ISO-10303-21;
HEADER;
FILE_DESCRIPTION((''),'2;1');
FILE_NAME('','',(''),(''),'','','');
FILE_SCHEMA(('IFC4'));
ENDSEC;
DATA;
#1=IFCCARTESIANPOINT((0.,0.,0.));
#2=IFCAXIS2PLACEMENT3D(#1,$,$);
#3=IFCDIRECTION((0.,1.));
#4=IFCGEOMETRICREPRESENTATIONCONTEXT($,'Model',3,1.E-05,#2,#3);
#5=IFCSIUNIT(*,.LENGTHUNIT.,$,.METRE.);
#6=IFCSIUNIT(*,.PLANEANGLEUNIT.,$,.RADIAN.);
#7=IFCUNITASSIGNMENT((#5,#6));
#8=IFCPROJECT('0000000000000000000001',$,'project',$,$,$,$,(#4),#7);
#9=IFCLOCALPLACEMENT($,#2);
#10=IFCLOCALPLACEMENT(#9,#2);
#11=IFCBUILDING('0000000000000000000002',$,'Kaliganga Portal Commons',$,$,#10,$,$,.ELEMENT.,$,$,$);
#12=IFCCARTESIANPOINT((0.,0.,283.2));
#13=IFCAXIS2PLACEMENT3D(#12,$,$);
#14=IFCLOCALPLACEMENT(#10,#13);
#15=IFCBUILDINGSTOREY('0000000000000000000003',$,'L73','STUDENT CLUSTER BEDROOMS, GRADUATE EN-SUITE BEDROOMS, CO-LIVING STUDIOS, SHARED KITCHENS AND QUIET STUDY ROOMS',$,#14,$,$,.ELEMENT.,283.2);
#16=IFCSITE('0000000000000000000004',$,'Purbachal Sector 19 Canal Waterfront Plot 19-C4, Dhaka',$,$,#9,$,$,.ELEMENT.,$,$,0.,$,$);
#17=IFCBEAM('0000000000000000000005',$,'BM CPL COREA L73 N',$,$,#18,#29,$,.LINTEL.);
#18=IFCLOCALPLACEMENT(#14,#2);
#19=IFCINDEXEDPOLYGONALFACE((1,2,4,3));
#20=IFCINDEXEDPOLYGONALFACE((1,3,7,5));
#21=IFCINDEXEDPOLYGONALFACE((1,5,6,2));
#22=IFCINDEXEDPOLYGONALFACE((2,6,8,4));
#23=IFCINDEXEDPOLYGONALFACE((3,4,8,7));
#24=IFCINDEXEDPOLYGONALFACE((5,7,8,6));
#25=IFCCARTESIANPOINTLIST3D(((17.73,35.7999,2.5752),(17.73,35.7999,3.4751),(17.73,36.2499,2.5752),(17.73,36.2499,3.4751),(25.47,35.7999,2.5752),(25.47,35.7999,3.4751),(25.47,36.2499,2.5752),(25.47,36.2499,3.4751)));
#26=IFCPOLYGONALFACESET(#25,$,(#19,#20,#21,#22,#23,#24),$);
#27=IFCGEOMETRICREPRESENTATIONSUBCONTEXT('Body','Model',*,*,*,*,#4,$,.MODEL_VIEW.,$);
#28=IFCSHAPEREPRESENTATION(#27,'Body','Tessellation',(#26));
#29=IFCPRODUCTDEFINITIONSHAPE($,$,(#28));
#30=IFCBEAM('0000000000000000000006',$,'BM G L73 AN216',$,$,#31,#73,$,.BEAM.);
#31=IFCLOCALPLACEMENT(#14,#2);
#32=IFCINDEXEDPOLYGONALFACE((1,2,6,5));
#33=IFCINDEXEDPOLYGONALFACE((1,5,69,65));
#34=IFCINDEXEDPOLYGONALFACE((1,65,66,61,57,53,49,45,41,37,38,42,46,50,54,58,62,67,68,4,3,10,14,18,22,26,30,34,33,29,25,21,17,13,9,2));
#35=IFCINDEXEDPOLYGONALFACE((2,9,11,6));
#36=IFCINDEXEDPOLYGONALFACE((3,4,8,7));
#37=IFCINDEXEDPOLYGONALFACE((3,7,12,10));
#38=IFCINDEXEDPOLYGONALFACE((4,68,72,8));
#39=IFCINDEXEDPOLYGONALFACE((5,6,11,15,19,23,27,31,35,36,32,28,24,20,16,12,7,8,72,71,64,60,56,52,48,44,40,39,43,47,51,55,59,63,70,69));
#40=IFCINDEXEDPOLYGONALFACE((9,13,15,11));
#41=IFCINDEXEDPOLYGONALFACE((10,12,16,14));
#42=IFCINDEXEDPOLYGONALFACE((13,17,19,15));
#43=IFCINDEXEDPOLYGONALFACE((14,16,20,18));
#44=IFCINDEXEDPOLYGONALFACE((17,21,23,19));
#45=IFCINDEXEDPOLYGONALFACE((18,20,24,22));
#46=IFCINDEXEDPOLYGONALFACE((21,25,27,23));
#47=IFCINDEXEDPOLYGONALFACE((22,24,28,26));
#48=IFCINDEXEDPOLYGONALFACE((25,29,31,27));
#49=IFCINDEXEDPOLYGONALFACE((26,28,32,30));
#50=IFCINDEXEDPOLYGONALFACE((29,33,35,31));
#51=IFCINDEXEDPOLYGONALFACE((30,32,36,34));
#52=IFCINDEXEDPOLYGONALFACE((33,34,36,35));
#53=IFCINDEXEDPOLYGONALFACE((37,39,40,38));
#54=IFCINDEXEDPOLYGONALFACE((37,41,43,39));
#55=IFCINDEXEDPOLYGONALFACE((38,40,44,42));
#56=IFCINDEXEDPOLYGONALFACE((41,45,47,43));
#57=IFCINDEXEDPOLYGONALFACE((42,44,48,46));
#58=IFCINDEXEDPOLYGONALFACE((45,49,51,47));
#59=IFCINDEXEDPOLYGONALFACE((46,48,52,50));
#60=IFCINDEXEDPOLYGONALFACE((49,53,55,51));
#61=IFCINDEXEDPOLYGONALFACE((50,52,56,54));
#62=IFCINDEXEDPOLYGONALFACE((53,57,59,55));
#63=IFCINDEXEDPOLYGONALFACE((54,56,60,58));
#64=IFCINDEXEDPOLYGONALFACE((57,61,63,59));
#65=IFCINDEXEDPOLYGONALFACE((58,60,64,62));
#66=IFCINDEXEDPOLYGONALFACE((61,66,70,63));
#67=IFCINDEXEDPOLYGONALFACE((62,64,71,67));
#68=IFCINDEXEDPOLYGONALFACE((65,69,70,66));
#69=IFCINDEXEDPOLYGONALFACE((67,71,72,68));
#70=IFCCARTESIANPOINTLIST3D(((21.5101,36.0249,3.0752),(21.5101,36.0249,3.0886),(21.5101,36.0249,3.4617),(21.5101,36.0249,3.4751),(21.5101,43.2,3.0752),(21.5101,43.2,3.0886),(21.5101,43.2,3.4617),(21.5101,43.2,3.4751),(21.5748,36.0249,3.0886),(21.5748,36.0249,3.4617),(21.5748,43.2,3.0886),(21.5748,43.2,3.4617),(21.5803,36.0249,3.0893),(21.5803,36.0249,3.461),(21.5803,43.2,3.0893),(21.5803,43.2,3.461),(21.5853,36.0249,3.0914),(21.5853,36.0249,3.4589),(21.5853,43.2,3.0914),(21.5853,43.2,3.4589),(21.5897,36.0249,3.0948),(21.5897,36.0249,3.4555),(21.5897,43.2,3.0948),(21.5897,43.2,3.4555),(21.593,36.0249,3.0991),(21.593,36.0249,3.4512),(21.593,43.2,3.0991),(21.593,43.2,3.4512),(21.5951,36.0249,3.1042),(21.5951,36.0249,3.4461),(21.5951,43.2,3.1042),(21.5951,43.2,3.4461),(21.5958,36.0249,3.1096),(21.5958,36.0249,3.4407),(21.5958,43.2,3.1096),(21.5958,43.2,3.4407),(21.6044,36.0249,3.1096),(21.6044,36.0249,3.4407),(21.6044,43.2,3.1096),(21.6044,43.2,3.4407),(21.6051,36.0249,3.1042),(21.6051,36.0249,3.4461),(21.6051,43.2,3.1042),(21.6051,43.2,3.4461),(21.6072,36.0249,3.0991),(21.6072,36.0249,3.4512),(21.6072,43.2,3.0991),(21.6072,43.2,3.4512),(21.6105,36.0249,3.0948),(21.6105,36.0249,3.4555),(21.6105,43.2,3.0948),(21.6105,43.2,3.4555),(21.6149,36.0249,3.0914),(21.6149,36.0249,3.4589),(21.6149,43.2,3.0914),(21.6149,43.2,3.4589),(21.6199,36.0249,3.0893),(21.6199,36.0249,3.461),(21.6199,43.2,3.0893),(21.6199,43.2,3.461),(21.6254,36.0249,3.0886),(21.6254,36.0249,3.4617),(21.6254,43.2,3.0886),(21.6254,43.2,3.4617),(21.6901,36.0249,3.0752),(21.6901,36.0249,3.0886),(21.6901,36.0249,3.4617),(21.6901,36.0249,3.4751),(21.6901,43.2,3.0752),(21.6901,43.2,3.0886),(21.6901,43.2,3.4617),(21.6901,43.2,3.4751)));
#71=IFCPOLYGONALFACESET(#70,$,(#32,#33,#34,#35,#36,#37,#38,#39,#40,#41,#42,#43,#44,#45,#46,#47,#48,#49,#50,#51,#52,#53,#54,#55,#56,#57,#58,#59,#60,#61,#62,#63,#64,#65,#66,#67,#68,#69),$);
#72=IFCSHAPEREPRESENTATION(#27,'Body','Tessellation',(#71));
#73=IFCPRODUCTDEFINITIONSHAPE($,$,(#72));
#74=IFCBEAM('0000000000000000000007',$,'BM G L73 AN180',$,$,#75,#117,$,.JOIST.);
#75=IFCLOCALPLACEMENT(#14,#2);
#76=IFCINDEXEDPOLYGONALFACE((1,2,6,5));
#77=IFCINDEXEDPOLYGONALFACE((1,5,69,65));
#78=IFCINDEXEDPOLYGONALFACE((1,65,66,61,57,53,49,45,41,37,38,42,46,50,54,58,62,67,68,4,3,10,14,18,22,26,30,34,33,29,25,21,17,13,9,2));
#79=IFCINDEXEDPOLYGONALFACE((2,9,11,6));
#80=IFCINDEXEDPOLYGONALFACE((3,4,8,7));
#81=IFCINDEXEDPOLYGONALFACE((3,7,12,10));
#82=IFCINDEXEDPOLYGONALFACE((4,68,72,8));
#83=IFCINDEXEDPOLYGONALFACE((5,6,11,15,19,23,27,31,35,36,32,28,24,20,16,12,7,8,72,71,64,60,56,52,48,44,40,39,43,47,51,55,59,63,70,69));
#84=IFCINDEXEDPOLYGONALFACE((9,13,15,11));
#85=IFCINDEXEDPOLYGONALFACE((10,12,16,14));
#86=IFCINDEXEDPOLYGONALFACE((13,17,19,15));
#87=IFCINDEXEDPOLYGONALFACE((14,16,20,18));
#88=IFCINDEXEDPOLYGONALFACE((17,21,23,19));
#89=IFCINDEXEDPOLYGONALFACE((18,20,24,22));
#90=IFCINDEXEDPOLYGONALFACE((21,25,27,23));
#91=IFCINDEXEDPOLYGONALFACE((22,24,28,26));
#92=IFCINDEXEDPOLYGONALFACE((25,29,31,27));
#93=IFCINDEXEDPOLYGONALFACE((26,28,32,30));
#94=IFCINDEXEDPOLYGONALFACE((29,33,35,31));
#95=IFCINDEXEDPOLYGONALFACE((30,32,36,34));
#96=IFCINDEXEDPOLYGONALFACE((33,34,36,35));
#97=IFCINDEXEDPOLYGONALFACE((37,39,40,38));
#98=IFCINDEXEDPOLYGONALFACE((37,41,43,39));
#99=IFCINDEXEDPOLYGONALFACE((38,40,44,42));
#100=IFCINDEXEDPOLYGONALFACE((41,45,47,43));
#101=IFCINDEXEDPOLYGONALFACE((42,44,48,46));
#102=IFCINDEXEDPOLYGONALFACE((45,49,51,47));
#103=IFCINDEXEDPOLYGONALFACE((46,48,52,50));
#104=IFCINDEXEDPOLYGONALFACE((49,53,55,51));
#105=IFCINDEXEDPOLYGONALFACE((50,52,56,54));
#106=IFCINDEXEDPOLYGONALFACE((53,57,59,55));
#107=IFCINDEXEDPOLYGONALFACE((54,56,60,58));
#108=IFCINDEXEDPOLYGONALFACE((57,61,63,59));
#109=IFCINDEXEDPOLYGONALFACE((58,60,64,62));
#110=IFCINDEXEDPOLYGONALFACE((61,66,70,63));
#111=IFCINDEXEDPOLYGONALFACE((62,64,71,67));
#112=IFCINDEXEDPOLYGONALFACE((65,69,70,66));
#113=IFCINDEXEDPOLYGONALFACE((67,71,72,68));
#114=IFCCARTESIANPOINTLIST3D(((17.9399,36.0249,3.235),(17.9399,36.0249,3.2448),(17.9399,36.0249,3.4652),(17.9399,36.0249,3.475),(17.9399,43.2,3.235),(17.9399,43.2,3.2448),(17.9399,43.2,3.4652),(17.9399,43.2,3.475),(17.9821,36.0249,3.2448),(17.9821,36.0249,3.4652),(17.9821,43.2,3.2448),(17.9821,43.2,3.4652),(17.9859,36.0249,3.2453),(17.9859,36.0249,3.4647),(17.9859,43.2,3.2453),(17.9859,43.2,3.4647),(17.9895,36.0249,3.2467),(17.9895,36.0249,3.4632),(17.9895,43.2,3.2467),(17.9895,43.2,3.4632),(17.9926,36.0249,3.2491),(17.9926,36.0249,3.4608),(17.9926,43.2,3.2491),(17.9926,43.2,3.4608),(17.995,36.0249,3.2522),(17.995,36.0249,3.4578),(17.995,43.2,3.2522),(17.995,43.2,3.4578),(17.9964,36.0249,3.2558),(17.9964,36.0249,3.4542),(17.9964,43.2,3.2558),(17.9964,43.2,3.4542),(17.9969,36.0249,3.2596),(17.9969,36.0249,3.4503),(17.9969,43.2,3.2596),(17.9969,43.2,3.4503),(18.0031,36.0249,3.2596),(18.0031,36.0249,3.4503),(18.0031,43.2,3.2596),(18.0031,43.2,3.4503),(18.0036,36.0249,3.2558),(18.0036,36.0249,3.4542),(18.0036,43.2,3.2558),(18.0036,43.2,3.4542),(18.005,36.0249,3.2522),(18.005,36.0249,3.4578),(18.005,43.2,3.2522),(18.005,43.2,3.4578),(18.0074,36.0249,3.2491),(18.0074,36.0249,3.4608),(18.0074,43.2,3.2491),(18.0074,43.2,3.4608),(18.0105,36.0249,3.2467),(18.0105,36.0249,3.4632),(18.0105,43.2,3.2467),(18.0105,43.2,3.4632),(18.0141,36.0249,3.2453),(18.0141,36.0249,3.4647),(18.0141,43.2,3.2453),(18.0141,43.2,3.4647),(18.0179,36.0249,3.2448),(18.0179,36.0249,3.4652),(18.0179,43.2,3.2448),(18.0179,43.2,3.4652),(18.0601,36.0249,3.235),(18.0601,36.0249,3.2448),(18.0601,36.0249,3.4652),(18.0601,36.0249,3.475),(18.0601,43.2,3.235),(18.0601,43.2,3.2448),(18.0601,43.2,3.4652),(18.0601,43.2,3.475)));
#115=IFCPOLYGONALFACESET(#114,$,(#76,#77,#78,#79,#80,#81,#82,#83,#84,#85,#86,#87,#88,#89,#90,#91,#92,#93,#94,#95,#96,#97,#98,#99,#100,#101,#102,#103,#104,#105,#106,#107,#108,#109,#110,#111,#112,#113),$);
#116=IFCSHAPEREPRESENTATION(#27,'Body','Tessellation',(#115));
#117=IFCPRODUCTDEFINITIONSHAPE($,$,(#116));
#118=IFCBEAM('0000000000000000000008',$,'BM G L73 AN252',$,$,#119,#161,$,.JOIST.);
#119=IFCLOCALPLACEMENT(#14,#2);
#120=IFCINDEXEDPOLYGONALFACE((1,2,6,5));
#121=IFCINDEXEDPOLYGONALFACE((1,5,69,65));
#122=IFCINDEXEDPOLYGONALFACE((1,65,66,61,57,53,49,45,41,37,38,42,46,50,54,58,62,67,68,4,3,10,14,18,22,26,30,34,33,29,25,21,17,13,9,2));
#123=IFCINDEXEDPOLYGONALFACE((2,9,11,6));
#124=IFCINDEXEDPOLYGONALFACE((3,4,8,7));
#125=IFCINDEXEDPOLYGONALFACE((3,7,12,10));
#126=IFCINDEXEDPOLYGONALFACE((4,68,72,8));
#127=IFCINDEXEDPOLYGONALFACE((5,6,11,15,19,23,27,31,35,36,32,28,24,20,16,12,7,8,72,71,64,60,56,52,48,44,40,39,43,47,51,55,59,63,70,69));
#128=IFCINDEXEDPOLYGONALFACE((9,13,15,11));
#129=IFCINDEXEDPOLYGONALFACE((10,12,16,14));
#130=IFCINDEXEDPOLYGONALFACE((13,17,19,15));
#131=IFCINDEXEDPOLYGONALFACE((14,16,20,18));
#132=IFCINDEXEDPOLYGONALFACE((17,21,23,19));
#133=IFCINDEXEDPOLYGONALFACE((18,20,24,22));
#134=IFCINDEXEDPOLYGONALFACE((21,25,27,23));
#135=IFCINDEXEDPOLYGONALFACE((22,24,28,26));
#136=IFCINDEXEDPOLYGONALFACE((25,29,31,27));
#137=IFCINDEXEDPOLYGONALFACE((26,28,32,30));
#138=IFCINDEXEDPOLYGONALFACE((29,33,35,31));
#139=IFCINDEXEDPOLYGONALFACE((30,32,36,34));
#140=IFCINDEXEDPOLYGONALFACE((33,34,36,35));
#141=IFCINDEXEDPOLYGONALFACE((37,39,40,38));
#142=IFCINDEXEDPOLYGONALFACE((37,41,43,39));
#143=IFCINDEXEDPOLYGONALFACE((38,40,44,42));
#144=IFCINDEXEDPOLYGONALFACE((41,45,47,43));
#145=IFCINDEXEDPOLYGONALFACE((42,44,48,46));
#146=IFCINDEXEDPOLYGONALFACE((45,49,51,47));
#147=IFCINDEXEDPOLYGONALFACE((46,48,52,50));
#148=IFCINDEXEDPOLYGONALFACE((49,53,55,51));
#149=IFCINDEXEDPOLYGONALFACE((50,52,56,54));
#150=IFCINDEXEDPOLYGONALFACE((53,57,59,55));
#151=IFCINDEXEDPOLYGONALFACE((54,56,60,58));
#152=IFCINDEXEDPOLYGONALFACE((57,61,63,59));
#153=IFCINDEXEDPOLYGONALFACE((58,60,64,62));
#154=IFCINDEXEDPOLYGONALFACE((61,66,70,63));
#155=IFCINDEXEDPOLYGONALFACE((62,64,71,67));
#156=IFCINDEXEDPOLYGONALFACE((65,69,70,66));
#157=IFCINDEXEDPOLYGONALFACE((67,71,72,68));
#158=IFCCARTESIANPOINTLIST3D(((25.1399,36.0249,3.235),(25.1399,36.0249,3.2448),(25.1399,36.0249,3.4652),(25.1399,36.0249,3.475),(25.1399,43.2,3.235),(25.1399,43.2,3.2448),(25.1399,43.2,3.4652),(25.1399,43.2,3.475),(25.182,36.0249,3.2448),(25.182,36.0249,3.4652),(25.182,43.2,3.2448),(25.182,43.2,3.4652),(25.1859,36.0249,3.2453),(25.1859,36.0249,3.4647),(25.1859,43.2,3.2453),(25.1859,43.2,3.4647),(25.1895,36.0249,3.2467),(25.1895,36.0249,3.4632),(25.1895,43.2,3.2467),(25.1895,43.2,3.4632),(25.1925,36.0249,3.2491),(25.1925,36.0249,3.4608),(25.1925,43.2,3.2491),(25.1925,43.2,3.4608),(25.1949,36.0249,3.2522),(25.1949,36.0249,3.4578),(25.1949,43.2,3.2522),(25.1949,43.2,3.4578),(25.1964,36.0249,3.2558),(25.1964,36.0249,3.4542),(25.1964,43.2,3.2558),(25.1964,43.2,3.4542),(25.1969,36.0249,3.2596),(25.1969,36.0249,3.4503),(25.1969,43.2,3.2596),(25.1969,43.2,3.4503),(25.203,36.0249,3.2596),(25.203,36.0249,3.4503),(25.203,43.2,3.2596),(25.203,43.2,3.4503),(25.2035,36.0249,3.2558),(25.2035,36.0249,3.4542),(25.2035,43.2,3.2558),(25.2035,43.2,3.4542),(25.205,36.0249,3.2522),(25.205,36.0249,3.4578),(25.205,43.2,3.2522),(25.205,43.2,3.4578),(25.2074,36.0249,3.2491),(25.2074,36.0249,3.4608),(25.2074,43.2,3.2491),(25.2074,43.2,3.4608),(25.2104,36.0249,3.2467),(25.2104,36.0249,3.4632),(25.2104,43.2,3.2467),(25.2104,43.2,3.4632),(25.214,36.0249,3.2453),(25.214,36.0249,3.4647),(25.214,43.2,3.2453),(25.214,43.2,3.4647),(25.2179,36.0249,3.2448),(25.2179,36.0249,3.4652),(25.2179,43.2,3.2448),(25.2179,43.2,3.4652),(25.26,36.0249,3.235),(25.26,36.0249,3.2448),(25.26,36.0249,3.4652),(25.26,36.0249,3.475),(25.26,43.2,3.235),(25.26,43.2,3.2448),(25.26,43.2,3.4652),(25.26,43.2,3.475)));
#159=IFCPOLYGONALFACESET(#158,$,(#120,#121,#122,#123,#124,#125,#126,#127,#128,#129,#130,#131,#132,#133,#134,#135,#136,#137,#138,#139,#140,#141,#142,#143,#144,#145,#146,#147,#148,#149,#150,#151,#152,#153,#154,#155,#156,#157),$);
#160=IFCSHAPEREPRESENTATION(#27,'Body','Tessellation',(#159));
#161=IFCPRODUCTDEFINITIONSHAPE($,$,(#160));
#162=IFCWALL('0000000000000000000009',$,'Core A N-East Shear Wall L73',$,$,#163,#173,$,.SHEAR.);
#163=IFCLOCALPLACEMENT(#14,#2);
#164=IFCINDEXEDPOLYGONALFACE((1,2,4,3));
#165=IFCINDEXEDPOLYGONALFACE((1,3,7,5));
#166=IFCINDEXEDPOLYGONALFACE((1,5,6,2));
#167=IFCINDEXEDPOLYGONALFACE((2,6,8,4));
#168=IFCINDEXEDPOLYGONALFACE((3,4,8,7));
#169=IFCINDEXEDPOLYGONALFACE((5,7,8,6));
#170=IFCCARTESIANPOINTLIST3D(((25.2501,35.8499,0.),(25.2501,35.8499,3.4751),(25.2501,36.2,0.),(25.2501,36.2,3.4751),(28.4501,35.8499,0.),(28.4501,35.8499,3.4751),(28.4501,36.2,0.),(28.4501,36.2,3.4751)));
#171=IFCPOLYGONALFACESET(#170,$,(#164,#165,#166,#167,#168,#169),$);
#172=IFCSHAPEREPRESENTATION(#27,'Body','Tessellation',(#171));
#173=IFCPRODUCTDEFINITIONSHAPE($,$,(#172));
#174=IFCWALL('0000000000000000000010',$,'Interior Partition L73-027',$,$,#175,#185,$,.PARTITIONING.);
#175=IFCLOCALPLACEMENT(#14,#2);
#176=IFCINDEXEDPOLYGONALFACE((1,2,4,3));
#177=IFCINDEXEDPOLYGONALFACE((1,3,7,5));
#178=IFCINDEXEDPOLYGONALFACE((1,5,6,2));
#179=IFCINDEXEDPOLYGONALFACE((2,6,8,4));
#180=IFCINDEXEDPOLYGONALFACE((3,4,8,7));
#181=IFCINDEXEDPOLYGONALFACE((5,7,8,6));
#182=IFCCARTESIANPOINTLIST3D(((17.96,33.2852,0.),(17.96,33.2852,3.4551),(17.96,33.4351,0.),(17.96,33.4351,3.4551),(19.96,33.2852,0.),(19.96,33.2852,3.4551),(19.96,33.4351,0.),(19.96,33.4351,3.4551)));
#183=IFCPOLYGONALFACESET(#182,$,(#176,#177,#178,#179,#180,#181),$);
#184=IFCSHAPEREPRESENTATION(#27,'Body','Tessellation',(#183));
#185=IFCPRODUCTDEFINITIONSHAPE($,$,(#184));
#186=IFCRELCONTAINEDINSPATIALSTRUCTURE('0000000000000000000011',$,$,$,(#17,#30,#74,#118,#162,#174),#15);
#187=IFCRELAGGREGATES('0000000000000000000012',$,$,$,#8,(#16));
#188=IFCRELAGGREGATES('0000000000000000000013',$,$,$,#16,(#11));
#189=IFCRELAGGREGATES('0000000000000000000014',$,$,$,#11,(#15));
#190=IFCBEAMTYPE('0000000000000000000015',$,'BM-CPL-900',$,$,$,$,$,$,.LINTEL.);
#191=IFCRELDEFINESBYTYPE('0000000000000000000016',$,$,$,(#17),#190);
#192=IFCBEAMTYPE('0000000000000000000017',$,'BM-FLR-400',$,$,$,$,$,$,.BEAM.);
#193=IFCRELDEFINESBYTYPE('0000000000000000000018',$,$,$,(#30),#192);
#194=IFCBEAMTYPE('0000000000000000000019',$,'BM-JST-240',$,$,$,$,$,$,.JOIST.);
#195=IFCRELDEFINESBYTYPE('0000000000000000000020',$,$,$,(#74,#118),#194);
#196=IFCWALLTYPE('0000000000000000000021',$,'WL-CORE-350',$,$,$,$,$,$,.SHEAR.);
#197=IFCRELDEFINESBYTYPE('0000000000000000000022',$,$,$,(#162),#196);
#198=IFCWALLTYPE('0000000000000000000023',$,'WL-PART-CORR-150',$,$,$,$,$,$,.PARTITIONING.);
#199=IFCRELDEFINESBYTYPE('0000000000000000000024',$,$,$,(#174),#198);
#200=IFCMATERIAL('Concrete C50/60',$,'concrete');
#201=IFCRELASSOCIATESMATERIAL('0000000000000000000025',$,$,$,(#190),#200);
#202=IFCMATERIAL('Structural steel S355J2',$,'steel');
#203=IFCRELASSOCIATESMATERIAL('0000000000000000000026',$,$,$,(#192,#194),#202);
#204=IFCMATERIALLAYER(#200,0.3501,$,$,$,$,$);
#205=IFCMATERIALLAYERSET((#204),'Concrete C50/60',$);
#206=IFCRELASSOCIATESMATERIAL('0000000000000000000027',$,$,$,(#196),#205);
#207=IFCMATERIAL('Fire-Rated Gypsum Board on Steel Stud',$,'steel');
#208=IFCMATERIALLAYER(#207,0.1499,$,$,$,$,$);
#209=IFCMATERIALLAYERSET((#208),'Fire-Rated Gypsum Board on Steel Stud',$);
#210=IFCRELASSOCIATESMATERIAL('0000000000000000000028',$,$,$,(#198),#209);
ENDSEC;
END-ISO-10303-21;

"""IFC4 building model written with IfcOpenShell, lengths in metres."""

from ifc_helpers import new_model, si_unit, direction, frame, frame_2d, origin, origin_2d, place, context, subcontext, project, spatial, rectangle, i_section, extrude, source, transform, mapped, material, layer, layer_set, material_profile, profile_set, type_object, element, save


model = new_model("IFC4")

# Units and contexts
model_context = context("Model", 3, precision=1e-05, world=origin(), true_north=direction((0.0, 1.0)))
body_context = subcontext(model_context, "Body", "Model", "MODEL_VIEW")
ifc_project = project(units=[si_unit("LENGTHUNIT", "METRE"), si_unit("PLANEANGLEUNIT", "RADIAN")], contexts=[model_context])

# Site, building, storey
site_placement = place(None, origin())
site = spatial("IfcSite", under=ifc_project, at=site_placement, Name="Purbachal Sector 19 Canal Waterfront Plot 19-C4, Dhaka", CompositionType="ELEMENT", RefElevation=0.0)
building_placement = place(site_placement, origin())
building = spatial("IfcBuilding", under=site, at=building_placement, Name="Kaliganga Portal Commons", CompositionType="ELEMENT")
storey_placement = place(building_placement, frame((0.0, 0.0, 283.2)))
storey = spatial("IfcBuildingStorey", under=building, at=storey_placement, Name="L73", Description="STUDENT CLUSTER BEDROOMS, GRADUATE EN-SUITE BEDROOMS, CO-LIVING STUDIOS, SHARED KITCHENS AND QUIET STUDY ROOMS", CompositionType="ELEMENT", Elevation=283.2)

# Beams
ifc_material_1 = material(Name="Concrete C50/60", Category="concrete")
ifc_material_profile_1 = material_profile(ifc_material_1, rectangle(XDim=0.45, YDim=0.8999, at=origin_2d()), Name="RC 450x900")
ifc_profile_set_1 = profile_set([ifc_material_profile_1], Name="Concrete C50/60")
beam_type_1 = type_object("IfcBeamType", Name="BM-CPL-900", PredefinedType="LINTEL", material=ifc_profile_set_1)
shared_shape_1 = source(origin(), body_context, "Body", "SweptSolid", [
    extrude(rectangle(XDim=0.45, YDim=0.8999, at=origin_2d()), origin(), (0.0, 0.0, 1.0), 7.74),
])
beam_1_placement = place(storey_placement, frame((17.73, 36.0249, 3.0251), z_axis=(1.0, 0.0, 0.0), x_axis=(0.0, 1.0, 0.0)))
element("IfcBeam", 1, at=beam_1_placement, inside=storey, type_object=beam_type_1, Name="BM CPL COREA L73 N", PredefinedType="LINTEL", context=body_context, shape_type="MappedRepresentation", body=[
    mapped(shared_shape_1, transform((0.0, 0.0, 0.0), x_axis=(1.0, 0.0, 0.0), y_axis=(0.0, 1.0, 0.0), z_axis=(0.0, 0.0, 1.0), scale=1.0)),
])
ifc_material_2 = material(Name="Structural steel S355J2", Category="steel")
ifc_material_profile_2 = material_profile(ifc_material_2, i_section(OverallWidth=0.1799, OverallDepth=0.3999, WebThickness=0.0085, FlangeThickness=0.0134, FilletRadius=0.021, at=origin_2d()), Name="IPE 400")
ifc_profile_set_2 = profile_set([ifc_material_profile_2], Name="Structural steel S355J2 wide-flange")
beam_type_2 = type_object("IfcBeamType", Name="BM-FLR-400", PredefinedType="BEAM", material=ifc_profile_set_2)
shared_shape_2 = source(origin(), body_context, "Body", "SweptSolid", [
    extrude(i_section(OverallWidth=0.1799, OverallDepth=0.3999, WebThickness=0.0085, FlangeThickness=0.0134, FilletRadius=0.021, at=origin_2d()), origin(), (0.0, 0.0, 1.0), 7.175),
])
beam_2_placement = place(storey_placement, frame((21.6001, 36.0249, 3.2751), z_axis=(0.0, 1.0, 0.0), x_axis=(-1.0, 0.0, 0.0)))
element("IfcBeam", 2, at=beam_2_placement, inside=storey, type_object=beam_type_2, Name="BM G L73 AN216", PredefinedType="BEAM", context=body_context, shape_type="MappedRepresentation", body=[
    mapped(shared_shape_2, transform((0.0, 0.0, 0.0), x_axis=(1.0, 0.0, 0.0), y_axis=(0.0, 1.0, 0.0), z_axis=(0.0, 0.0, 1.0), scale=1.0)),
])
ifc_material_profile_3 = material_profile(ifc_material_2, i_section(OverallWidth=0.1201, OverallDepth=0.24, WebThickness=0.0061, FlangeThickness=0.0098, FilletRadius=0.0149, at=origin_2d()), Name="IPE 240")
ifc_profile_set_3 = profile_set([ifc_material_profile_3], Name="Structural steel S355J2 wide-flange")
beam_type_3 = type_object("IfcBeamType", Name="BM-JST-240", PredefinedType="JOIST", material=ifc_profile_set_3)
shared_shape_3 = source(origin(), body_context, "Body", "SweptSolid", [
    extrude(i_section(OverallWidth=0.1201, OverallDepth=0.24, WebThickness=0.0061, FlangeThickness=0.0098, FilletRadius=0.0149, at=origin_2d()), origin(), (0.0, 0.0, 1.0), 7.175),
])
for number, where, z_axis, x_axis, name in (
    (3, (18.0, 36.0249, 3.355), (0.0, 1.0, 0.0), (-1.0, 0.0, 0.0), "BM G L73 AN180"),
    (4, (25.2, 36.0249, 3.355), (0.0, 1.0, 0.0), (-1.0, 0.0, 0.0), "BM G L73 AN252"),
):
    element("IfcBeam", number, at=place(storey_placement, frame(where, z_axis=z_axis, x_axis=x_axis)), inside=storey, type_object=beam_type_3, Name=name, PredefinedType="JOIST", context=body_context, shape_type="MappedRepresentation", body=[
        mapped(shared_shape_3, transform((0.0, 0.0, 0.0), x_axis=(1.0, 0.0, 0.0), y_axis=(0.0, 1.0, 0.0), z_axis=(0.0, 0.0, 1.0), scale=1.0)),
    ])

# Walls
ifc_layer_1 = layer(ifc_material_1, 0.3501)
ifc_layer_set_1 = layer_set([ifc_layer_1], Name="Concrete C50/60")
wall_type_1 = type_object("IfcWallType", Name="WL-CORE-350", PredefinedType="SHEAR", material=ifc_layer_set_1)
wall_1_placement = place(storey_placement, frame((25.25, 36.0249, 0.0), z_axis=(0.0, 0.0, 1.0), x_axis=(1.0, 0.0, 0.0)))
element("IfcWall", 5, at=wall_1_placement, inside=storey, type_object=wall_type_1, Name="Core A N-East Shear Wall L73", PredefinedType="SHEAR", context=body_context, shape_type="SweptSolid", body=[
    extrude(rectangle(XDim=3.2, YDim=0.3501, at=frame_2d((1.6001, 0.0))), origin(), (0.0, 0.0, 1.0), 3.4751),
])
ifc_material_3 = material(Name="Fire-Rated Gypsum Board on Steel Stud", Category="steel")
ifc_layer_2 = layer(ifc_material_3, 0.1499)
ifc_layer_set_2 = layer_set([ifc_layer_2], Name="Fire-Rated Gypsum Board on Steel Stud")
wall_type_2 = type_object("IfcWallType", Name="WL-PART-CORR-150", PredefinedType="PARTITIONING", material=ifc_layer_set_2)
wall_2_placement = place(storey_placement, frame((17.96, 33.3601, 0.0), z_axis=(0.0, 0.0, 1.0), x_axis=(1.0, 0.0, 0.0)))
element("IfcWall", 6, at=wall_2_placement, inside=storey, type_object=wall_type_2, Name="Interior Partition L73-027", PredefinedType="PARTITIONING", context=body_context, shape_type="SweptSolid", body=[
    extrude(rectangle(XDim=2.0, YDim=0.1499, at=frame_2d((1.0, 0.0))), origin(), (0.0, 0.0, 1.0), 3.4551),
])

save(model, "model.ifc")
